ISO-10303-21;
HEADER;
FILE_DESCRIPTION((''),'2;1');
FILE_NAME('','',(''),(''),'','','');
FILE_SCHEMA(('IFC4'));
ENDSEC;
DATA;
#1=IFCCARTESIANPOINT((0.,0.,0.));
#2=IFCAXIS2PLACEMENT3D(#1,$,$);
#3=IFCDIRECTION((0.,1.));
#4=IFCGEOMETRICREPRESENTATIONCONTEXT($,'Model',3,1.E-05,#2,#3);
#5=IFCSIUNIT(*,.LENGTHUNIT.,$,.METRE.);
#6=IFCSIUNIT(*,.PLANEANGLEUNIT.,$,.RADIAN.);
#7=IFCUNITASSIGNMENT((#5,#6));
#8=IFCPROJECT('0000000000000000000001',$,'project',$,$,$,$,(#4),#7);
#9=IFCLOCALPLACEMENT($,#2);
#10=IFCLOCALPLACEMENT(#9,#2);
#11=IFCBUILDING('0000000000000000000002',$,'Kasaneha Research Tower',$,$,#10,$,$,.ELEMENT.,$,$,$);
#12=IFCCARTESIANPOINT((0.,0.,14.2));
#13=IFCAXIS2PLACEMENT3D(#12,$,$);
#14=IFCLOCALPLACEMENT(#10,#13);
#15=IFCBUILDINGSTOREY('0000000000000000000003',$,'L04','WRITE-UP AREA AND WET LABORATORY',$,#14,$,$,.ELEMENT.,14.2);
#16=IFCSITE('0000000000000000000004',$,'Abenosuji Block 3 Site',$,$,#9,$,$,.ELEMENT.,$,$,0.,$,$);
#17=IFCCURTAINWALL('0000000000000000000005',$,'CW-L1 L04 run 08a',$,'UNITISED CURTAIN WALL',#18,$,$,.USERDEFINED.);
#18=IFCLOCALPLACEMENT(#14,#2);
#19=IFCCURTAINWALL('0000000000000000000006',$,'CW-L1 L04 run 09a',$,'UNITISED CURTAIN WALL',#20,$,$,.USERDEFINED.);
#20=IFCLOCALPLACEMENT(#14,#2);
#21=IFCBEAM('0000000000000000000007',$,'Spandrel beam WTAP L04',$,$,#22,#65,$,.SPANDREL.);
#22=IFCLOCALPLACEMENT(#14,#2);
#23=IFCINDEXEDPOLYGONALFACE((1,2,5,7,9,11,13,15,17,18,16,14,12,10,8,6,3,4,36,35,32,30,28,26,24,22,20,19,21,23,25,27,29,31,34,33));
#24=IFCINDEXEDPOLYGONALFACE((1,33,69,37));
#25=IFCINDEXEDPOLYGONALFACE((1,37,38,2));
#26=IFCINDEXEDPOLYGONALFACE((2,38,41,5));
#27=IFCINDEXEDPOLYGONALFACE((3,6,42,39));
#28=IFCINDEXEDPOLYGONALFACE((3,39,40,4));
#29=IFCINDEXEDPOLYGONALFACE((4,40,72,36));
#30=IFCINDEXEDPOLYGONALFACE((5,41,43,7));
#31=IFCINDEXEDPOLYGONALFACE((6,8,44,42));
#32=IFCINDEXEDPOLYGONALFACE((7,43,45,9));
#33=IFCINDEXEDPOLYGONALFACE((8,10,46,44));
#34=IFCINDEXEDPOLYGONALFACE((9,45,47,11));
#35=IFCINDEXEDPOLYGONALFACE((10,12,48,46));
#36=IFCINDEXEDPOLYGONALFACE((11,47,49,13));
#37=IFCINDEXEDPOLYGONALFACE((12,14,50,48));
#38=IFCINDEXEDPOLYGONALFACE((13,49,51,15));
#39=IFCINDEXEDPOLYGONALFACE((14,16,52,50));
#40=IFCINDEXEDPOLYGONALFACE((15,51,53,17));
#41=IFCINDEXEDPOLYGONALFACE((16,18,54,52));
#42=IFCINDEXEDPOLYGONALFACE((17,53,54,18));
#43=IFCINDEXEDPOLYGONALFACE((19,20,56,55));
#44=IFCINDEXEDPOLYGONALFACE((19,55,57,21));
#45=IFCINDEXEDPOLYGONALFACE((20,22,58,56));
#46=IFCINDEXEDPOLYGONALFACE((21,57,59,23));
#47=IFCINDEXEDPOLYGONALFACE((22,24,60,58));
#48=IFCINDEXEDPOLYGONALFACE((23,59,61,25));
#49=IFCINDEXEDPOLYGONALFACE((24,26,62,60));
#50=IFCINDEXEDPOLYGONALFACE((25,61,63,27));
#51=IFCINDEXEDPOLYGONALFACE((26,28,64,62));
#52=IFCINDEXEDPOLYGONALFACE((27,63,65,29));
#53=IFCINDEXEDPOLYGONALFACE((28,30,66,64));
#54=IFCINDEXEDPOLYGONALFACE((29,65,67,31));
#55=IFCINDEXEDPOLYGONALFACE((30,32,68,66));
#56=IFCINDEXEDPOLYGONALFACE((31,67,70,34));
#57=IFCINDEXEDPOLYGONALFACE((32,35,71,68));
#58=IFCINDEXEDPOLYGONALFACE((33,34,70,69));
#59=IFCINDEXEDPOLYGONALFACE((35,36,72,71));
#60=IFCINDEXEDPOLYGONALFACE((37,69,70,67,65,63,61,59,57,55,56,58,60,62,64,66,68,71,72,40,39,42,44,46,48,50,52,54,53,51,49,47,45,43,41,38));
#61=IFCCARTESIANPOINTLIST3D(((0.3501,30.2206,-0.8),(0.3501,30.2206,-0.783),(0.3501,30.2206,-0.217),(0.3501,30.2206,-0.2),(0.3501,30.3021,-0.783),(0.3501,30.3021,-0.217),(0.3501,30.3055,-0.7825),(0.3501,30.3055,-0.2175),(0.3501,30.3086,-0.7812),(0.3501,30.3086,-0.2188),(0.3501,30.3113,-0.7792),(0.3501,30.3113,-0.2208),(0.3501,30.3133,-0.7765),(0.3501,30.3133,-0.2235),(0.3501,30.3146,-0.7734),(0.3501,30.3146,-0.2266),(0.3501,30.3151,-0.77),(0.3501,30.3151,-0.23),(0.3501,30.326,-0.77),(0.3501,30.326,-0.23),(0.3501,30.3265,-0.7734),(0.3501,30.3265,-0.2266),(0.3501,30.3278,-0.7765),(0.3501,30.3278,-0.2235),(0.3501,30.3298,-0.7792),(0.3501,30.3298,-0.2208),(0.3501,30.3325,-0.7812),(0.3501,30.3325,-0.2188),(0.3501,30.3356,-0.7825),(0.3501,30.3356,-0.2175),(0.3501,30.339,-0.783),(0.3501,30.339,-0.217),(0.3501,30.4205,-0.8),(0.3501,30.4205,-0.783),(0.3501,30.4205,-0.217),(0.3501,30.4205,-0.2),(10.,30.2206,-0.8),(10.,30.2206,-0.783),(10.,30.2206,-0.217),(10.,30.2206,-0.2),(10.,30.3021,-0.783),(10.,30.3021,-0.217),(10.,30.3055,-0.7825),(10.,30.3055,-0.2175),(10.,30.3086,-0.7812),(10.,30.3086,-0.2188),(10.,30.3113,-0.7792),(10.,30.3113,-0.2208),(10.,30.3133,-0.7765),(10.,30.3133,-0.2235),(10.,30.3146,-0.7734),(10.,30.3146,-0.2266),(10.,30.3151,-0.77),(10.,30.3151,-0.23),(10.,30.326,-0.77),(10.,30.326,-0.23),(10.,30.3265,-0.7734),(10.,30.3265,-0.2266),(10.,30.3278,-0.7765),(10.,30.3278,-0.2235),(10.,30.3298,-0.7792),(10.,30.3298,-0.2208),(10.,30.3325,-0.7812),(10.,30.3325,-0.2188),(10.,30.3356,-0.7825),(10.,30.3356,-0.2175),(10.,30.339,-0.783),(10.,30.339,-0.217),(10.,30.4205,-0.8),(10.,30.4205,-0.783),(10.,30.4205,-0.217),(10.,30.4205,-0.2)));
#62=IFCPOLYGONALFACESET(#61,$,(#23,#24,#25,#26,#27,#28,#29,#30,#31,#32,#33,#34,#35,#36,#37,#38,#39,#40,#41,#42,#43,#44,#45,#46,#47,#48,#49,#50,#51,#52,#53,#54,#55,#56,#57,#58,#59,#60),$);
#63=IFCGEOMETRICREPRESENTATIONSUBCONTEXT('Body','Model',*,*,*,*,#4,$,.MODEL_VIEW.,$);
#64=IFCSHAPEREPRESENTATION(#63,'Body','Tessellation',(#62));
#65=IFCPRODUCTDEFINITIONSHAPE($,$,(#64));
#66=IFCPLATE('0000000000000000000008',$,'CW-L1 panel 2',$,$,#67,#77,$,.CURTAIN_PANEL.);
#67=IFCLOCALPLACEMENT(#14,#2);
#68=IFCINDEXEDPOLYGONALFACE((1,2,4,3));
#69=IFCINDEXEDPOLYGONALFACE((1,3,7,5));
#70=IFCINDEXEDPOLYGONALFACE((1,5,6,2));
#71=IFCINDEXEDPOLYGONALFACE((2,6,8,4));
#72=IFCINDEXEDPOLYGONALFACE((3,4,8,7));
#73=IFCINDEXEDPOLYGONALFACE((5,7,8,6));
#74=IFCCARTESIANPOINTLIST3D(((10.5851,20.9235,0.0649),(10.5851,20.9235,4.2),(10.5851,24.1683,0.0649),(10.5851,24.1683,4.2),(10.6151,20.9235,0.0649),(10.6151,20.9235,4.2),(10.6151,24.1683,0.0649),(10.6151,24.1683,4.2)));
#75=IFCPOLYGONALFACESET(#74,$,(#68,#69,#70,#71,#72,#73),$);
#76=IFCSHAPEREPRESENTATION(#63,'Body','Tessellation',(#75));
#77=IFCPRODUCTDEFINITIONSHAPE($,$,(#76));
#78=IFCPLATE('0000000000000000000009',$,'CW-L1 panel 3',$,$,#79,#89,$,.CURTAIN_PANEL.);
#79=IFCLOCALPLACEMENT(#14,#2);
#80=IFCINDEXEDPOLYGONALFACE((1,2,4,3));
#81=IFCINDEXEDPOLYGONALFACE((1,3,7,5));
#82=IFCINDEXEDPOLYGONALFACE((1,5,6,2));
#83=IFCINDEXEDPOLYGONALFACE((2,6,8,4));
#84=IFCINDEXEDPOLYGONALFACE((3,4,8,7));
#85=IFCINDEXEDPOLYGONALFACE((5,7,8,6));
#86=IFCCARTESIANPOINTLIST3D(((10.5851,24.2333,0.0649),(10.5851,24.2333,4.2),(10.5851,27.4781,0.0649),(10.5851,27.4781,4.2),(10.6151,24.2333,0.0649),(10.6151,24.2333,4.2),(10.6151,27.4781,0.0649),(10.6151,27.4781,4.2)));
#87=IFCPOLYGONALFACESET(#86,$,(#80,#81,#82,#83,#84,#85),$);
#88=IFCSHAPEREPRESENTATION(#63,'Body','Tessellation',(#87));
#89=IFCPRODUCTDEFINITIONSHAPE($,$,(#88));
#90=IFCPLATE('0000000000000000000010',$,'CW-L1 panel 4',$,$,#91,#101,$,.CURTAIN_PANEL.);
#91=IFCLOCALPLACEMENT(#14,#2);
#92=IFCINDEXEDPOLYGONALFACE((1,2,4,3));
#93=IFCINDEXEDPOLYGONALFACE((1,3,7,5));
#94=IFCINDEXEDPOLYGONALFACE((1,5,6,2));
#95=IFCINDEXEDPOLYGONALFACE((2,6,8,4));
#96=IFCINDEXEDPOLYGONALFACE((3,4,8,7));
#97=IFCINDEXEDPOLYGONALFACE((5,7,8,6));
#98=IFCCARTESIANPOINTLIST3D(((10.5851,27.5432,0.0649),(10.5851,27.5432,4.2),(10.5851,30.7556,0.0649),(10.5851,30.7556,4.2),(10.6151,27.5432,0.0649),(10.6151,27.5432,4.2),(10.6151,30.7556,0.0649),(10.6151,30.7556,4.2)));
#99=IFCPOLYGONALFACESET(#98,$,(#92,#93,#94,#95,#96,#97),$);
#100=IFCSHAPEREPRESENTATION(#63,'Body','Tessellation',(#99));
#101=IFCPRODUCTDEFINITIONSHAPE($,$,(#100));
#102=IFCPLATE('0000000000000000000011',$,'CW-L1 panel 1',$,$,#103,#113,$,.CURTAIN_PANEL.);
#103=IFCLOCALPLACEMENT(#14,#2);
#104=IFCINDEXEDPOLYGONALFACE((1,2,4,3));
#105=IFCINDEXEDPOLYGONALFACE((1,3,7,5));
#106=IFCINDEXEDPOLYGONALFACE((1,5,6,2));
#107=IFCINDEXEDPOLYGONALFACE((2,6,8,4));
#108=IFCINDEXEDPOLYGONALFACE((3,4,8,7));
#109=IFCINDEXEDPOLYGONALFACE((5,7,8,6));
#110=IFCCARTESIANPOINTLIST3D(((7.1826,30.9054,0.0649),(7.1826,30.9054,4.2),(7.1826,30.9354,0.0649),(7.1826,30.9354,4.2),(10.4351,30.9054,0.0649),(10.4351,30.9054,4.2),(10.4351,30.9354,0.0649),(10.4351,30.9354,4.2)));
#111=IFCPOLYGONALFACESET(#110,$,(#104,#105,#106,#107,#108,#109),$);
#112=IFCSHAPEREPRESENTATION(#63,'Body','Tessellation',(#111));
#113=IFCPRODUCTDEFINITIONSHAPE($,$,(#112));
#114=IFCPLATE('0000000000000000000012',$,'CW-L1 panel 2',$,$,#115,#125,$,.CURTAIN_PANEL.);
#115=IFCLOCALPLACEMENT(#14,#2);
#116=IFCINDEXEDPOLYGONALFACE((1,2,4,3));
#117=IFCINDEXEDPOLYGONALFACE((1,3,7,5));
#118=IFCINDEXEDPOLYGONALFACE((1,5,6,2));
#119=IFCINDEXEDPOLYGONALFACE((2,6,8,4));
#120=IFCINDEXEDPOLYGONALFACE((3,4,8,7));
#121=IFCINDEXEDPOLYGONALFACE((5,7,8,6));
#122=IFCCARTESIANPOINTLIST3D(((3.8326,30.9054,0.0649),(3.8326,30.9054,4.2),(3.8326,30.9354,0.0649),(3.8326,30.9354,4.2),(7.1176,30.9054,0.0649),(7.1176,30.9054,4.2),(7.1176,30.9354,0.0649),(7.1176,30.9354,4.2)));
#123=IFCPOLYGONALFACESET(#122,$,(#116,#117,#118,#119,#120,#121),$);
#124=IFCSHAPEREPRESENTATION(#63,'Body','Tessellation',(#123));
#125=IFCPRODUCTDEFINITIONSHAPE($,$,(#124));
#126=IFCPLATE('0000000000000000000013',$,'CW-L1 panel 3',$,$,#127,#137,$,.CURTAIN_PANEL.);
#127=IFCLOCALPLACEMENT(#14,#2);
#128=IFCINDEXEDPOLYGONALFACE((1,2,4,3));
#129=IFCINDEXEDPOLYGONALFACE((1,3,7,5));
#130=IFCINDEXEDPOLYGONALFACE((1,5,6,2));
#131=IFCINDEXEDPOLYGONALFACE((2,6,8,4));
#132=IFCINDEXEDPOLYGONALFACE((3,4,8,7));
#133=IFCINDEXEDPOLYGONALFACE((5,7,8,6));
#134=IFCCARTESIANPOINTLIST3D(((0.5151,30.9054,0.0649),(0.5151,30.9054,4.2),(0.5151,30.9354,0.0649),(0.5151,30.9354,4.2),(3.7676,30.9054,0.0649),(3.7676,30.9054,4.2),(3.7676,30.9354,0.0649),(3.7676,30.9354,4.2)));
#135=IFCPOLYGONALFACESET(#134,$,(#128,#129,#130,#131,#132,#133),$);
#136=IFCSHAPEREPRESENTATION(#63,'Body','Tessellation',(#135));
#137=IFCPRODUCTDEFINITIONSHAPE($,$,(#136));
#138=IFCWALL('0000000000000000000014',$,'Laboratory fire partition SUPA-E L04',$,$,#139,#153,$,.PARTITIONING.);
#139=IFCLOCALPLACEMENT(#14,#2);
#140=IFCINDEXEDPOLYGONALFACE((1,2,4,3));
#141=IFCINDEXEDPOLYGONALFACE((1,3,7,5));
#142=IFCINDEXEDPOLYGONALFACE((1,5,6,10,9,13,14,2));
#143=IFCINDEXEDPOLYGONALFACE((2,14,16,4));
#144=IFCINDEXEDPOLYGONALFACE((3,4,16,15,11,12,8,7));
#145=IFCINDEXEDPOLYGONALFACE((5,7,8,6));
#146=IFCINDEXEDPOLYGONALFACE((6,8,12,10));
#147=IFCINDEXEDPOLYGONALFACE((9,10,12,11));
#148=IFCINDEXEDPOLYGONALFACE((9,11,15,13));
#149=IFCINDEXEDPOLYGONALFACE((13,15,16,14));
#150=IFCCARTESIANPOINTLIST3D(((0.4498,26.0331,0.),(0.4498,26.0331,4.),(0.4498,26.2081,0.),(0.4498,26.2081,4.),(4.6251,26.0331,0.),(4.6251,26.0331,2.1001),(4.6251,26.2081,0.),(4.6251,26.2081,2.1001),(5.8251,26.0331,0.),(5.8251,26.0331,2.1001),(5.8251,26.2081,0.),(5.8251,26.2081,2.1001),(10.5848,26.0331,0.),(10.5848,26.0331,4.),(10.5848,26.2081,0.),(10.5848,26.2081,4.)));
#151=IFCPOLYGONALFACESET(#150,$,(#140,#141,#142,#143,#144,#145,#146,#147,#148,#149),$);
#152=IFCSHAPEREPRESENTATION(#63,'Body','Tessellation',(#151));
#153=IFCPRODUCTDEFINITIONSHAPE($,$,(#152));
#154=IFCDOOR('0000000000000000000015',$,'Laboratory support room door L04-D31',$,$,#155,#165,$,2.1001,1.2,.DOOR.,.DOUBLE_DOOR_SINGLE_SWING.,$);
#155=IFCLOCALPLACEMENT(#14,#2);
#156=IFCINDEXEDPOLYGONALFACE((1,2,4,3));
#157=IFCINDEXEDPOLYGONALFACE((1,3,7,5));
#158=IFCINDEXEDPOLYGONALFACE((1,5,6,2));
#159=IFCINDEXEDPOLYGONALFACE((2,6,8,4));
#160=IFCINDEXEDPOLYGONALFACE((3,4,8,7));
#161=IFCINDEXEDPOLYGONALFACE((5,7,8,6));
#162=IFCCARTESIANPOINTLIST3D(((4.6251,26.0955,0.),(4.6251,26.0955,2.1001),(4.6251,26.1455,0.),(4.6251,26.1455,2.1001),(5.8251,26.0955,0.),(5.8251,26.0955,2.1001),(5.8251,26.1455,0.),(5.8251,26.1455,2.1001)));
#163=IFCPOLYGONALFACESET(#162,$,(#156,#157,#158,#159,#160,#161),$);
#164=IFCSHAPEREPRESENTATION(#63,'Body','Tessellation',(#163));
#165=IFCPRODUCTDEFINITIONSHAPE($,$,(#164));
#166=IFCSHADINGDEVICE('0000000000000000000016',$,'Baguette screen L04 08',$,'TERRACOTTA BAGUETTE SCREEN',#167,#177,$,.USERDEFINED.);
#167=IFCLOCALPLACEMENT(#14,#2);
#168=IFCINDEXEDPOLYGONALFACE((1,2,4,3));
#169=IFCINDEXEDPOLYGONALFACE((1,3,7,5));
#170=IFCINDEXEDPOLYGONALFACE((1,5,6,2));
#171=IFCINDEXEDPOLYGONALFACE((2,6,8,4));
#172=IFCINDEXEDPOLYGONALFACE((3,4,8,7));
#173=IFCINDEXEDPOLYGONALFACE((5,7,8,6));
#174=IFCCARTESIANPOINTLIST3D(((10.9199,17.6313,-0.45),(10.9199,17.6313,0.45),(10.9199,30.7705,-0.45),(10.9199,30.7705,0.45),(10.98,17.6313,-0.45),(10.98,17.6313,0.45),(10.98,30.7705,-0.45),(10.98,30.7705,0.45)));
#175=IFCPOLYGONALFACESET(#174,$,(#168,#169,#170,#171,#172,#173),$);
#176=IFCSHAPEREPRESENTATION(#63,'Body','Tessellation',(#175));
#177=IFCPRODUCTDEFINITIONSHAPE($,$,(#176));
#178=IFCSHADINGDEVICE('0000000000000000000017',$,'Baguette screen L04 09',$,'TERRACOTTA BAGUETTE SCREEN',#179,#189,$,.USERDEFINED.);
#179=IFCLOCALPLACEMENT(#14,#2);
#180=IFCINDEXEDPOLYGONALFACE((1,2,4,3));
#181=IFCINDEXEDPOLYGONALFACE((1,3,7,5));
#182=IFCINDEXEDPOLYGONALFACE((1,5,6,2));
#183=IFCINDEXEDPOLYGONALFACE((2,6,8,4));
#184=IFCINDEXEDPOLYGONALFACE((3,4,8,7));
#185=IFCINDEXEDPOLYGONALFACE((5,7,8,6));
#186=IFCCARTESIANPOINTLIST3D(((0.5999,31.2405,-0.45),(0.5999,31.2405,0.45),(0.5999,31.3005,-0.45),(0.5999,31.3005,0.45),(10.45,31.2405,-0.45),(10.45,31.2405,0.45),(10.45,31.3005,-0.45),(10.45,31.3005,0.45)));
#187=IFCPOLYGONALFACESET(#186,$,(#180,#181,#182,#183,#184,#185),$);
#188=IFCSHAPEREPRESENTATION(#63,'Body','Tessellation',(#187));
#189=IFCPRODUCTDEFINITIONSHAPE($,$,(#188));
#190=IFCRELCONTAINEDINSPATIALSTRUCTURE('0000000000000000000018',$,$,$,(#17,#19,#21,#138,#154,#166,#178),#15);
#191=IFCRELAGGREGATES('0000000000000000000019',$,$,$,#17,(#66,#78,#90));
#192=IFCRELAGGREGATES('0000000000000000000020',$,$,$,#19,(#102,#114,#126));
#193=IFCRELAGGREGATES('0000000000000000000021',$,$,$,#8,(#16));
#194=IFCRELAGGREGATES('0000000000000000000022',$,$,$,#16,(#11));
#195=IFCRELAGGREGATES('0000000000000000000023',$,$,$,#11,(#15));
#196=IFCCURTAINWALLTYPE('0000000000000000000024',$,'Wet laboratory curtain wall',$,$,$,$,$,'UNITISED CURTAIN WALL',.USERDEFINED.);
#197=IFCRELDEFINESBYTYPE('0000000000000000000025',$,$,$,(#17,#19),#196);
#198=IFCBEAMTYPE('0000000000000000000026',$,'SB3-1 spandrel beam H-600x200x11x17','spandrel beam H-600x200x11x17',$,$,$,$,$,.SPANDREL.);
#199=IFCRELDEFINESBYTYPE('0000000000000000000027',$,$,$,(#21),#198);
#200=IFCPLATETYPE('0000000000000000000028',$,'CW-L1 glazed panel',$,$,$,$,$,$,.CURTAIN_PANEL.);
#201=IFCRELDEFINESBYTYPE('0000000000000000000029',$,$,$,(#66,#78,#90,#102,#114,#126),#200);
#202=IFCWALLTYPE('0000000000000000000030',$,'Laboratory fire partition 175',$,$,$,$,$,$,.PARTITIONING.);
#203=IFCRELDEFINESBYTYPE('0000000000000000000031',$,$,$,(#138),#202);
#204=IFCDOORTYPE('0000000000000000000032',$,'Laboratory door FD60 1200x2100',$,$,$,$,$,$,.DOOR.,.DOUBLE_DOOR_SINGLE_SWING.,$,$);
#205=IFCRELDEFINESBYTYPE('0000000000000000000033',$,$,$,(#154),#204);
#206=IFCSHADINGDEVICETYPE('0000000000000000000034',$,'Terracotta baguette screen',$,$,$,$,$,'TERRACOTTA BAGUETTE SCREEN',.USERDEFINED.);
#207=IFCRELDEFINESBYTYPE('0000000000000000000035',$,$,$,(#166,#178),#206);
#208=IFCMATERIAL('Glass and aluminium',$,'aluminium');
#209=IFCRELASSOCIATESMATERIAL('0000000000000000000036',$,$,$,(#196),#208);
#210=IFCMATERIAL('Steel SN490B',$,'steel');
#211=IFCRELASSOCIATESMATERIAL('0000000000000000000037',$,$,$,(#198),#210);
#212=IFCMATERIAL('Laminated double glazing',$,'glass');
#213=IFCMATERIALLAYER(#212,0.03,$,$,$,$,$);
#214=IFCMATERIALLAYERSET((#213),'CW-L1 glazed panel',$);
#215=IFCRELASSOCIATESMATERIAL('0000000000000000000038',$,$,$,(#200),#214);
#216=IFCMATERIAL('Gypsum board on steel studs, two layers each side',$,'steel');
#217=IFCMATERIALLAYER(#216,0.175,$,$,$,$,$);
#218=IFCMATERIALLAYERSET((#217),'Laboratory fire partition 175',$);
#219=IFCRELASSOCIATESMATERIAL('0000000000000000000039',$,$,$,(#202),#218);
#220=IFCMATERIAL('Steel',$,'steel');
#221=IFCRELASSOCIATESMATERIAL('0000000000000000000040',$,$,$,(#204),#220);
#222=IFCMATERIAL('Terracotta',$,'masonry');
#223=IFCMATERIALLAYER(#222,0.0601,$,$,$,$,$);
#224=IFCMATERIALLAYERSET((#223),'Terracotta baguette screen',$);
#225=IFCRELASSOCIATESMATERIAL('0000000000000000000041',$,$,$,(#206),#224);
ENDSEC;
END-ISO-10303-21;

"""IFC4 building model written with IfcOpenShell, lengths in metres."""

from ifc_helpers import new_model, si_unit, direction, frame, frame_2d, origin, origin_2d, place, context, subcontext, project, spatial, rectangle, i_section, extrude, material, layer, layer_set, material_profile, profile_set, type_object, element, fill, aggregate, save


model = new_model("IFC4")

# Units and contexts
model_context = context("Model", 3, precision=1e-05, world=origin(), true_north=direction((0.0, 1.0)))
body_context = subcontext(model_context, "Body", "Model", "MODEL_VIEW")
ifc_project = project(units=[si_unit("LENGTHUNIT", "METRE"), si_unit("PLANEANGLEUNIT", "RADIAN")], contexts=[model_context])

# Site, building, storey
site_placement = place(None, origin())
site = spatial("IfcSite", under=ifc_project, at=site_placement, Name="Abenosuji Block 3 Site", CompositionType="ELEMENT", RefElevation=0.0)
building_placement = place(site_placement, origin())
building = spatial("IfcBuilding", under=site, at=building_placement, Name="Kasaneha Research Tower", CompositionType="ELEMENT")
storey_placement = place(building_placement, frame((0.0, 0.0, 14.2)))
storey = spatial("IfcBuildingStorey", under=building, at=storey_placement, Name="L04", Description="WRITE-UP AREA AND WET LABORATORY", CompositionType="ELEMENT", Elevation=14.2)

# Curtain walls
ifc_material_1 = material(Name="Glass and aluminium", Category="aluminium")
curtain_wall_type = type_object("IfcCurtainWallType", Name="Wet laboratory curtain wall", ElementType="UNITISED CURTAIN WALL", PredefinedType="USERDEFINED", material=ifc_material_1)
curtain_wall_1_placement = place(storey_placement, origin())
curtain_wall_1 = element("IfcCurtainWall", 1, at=curtain_wall_1_placement, inside=storey, type_object=curtain_wall_type, Name="CW-L1 L04 run 08a", ObjectType="UNITISED CURTAIN WALL", PredefinedType="USERDEFINED")
curtain_wall_2_placement = place(storey_placement, origin())
curtain_wall_2 = element("IfcCurtainWall", 2, at=curtain_wall_2_placement, inside=storey, type_object=curtain_wall_type, Name="CW-L1 L04 run 09a", ObjectType="UNITISED CURTAIN WALL", PredefinedType="USERDEFINED")

# Beam
ifc_material_2 = material(Name="Steel SN490B", Category="steel")
ifc_material_profile_1 = material_profile(ifc_material_2, i_section(OverallWidth=0.2, OverallDepth=0.6001, WebThickness=0.011, FlangeThickness=0.0171, FilletRadius=0.0129, at=origin_2d()), Name="H-600x200x11x17")
ifc_profile_set_1 = profile_set([ifc_material_profile_1], Name="Steel SN490B")
beam_type_1 = type_object("IfcBeamType", Name="SB3-1 spandrel beam H-600x200x11x17", Description="spandrel beam H-600x200x11x17", PredefinedType="SPANDREL", material=ifc_profile_set_1)
beam_1_placement = place(storey_placement, frame((10.0, 30.3206, -0.5), z_axis=(-1.0, 0.0, 0.0), x_axis=(0.0, -1.0, 0.0)))
element("IfcBeam", 3, at=beam_1_placement, inside=storey, type_object=beam_type_1, Name="Spandrel beam WTAP L04", PredefinedType="SPANDREL", context=body_context, shape_type="SweptSolid", body=[
    extrude(i_section(OverallWidth=0.2, OverallDepth=0.6001, WebThickness=0.011, FlangeThickness=0.0171, FilletRadius=0.0129, at=origin_2d()), origin(), (0.0, 0.0, 1.0), 9.6499),
])

# Plates
ifc_material_3 = material(Name="Laminated double glazing", Category="glass")
ifc_layer_1 = layer(ifc_material_3, 0.03)
ifc_layer_set_1 = layer_set([ifc_layer_1], Name="CW-L1 glazed panel")
plate_type = type_object("IfcPlateType", Name="CW-L1 glazed panel", PredefinedType="CURTAIN_PANEL", material=ifc_layer_set_1)
plate_1_placement = place(storey_placement, frame((10.6001, 22.5459, 0.0649), z_axis=(0.0, 0.0, 1.0), x_axis=(0.0, 1.0, 0.0)))
plate_1 = element("IfcPlate", 4, at=plate_1_placement, type_object=plate_type, Name="CW-L1 panel 2", PredefinedType="CURTAIN_PANEL", context=body_context, shape_type="SweptSolid", body=[
    extrude(rectangle(XDim=3.2449, YDim=0.03, at=origin_2d()), origin(), (0.0, 0.0, 1.0), 4.135),
])
plate_2_placement = place(storey_placement, frame((10.6001, 25.8557, 0.0649), z_axis=(0.0, 0.0, 1.0), x_axis=(0.0, 1.0, 0.0)))
plate_2 = element("IfcPlate", 5, at=plate_2_placement, type_object=plate_type, Name="CW-L1 panel 3", PredefinedType="CURTAIN_PANEL", context=body_context, shape_type="SweptSolid", body=[
    extrude(rectangle(XDim=3.2449, YDim=0.03, at=origin_2d()), origin(), (0.0, 0.0, 1.0), 4.135),
])
plate_3_placement = place(storey_placement, frame((10.6001, 29.1494, 0.0649), z_axis=(0.0, 0.0, 1.0), x_axis=(0.0, 1.0, 0.0)))
plate_3 = element("IfcPlate", 6, at=plate_3_placement, type_object=plate_type, Name="CW-L1 panel 4", PredefinedType="CURTAIN_PANEL", context=body_context, shape_type="SweptSolid", body=[
    extrude(rectangle(XDim=3.2124, YDim=0.03, at=origin_2d()), origin(), (0.0, 0.0, 1.0), 4.135),
])
aggregate(curtain_wall_1, [plate_1, plate_2, plate_3])
plate_4_placement = place(storey_placement, frame((8.8088, 30.9204, 0.0649), z_axis=(0.0, 0.0, 1.0), x_axis=(-1.0, 0.0, 0.0)))
plate_4 = element("IfcPlate", 7, at=plate_4_placement, type_object=plate_type, Name="CW-L1 panel 1", PredefinedType="CURTAIN_PANEL", context=body_context, shape_type="SweptSolid", body=[
    extrude(rectangle(XDim=3.2524, YDim=0.03, at=origin_2d()), origin(), (0.0, 0.0, 1.0), 4.135),
])
plate_5_placement = place(storey_placement, frame((5.4751, 30.9204, 0.0649), z_axis=(0.0, 0.0, 1.0), x_axis=(-1.0, 0.0, 0.0)))
plate_5 = element("IfcPlate", 8, at=plate_5_placement, type_object=plate_type, Name="CW-L1 panel 2", PredefinedType="CURTAIN_PANEL", context=body_context, shape_type="SweptSolid", body=[
    extrude(rectangle(XDim=3.2849, YDim=0.03, at=origin_2d()), origin(), (0.0, 0.0, 1.0), 4.135),
])
plate_6_placement = place(storey_placement, frame((2.1414, 30.9204, 0.0649), z_axis=(0.0, 0.0, 1.0), x_axis=(-1.0, 0.0, 0.0)))
plate_6 = element("IfcPlate", 9, at=plate_6_placement, type_object=plate_type, Name="CW-L1 panel 3", PredefinedType="CURTAIN_PANEL", context=body_context, shape_type="SweptSolid", body=[
    extrude(rectangle(XDim=3.2524, YDim=0.03, at=origin_2d()), origin(), (0.0, 0.0, 1.0), 4.135),
])
aggregate(curtain_wall_2, [plate_4, plate_5, plate_6])

# Wall, opening, door
ifc_material_4 = material(Name="Gypsum board on steel studs, two layers each side", Category="steel")
ifc_layer_2 = layer(ifc_material_4, 0.175)
ifc_layer_set_2 = layer_set([ifc_layer_2], Name="Laboratory fire partition 175")
wall_type = type_object("IfcWallType", Name="Laboratory fire partition 175", PredefinedType="PARTITIONING", material=ifc_layer_set_2)
wall_placement = place(storey_placement, frame((0.45, 26.1206, 0.0), z_axis=(0.0, 0.0, 1.0), x_axis=(1.0, 0.0, 0.0)))
wall = element("IfcWall", 10, at=wall_placement, inside=storey, type_object=wall_type, Name="Laboratory fire partition SUPA-E L04", PredefinedType="PARTITIONING", context=body_context, shape_type="SweptSolid", body=[
    extrude(rectangle(XDim=10.135, YDim=0.175, at=frame_2d((5.0674, 0.0))), origin(), (0.0, 0.0, 1.0), 4.0),
])
opening_placement = place(wall_placement, frame((4.175, 0.0, 0.0)))
opening = element("IfcOpeningElement", 11, at=opening_placement, cuts=wall, PredefinedType="OPENING", context=body_context, shape_type="SweptSolid", body=[
    extrude(rectangle(XDim=1.2, YDim=2.1001, at=frame_2d((0.6001, 1.05))), frame((0.0, 0.0977, 0.0), z_axis=(0.0, -1.0, 0.0), x_axis=(1.0, 0.0, 0.0)), (0.0, 0.0, 1.0), 0.1951),
])
ifc_material_5 = material(Name="Steel", Category="steel")
door_type = type_object("IfcDoorType", Name="Laboratory door FD60 1200x2100", OperationType="DOUBLE_DOOR_SINGLE_SWING", PredefinedType="DOOR", material=ifc_material_5)
door_placement = place(opening_placement, origin())
door = element("IfcDoor", 12, at=door_placement, inside=storey, type_object=door_type, Name="Laboratory support room door L04-D31", OperationType="DOUBLE_DOOR_SINGLE_SWING", OverallHeight=2.1001, OverallWidth=1.2, PredefinedType="DOOR", context=body_context, shape_type="SweptSolid", body=[
    extrude(rectangle(XDim=1.2, YDim=2.1001, at=frame_2d((0.6001, 1.05))), frame((0.0, 0.0249, 0.0), z_axis=(0.0, -1.0, 0.0), x_axis=(1.0, 0.0, 0.0)), (0.0, 0.0, 1.0), 0.05),
])
fill(opening, door)

# Shading devices
ifc_material_6 = material(Name="Terracotta", Category="masonry")
ifc_layer_3 = layer(ifc_material_6, 0.0601)
ifc_layer_set_3 = layer_set([ifc_layer_3], Name="Terracotta baguette screen")
shading_device_type = type_object("IfcShadingDeviceType", Name="Terracotta baguette screen", ElementType="TERRACOTTA BAGUETTE SCREEN", PredefinedType="USERDEFINED", material=ifc_layer_set_3)
shading_device_1_placement = place(storey_placement, frame((10.95, 24.2009, -0.45), z_axis=(0.0, 0.0, 1.0), x_axis=(0.0, 1.0, 0.0)))
element("IfcShadingDevice", 13, at=shading_device_1_placement, inside=storey, type_object=shading_device_type, Name="Baguette screen L04 08", ObjectType="TERRACOTTA BAGUETTE SCREEN", PredefinedType="USERDEFINED", context=body_context, shape_type="SweptSolid", body=[
    extrude(rectangle(XDim=13.1392, YDim=0.0601, at=origin_2d()), origin(), (0.0, 0.0, 1.0), 0.8999),
])
shading_device_2_placement = place(storey_placement, frame((5.5249, 31.2705, -0.45), z_axis=(0.0, 0.0, 1.0), x_axis=(-1.0, 0.0, 0.0)))
element("IfcShadingDevice", 14, at=shading_device_2_placement, inside=storey, type_object=shading_device_type, Name="Baguette screen L04 09", ObjectType="TERRACOTTA BAGUETTE SCREEN", PredefinedType="USERDEFINED", context=body_context, shape_type="SweptSolid", body=[
    extrude(rectangle(XDim=9.8501, YDim=0.0601, at=origin_2d()), origin(), (0.0, 0.0, 1.0), 0.8999),
])

save(model, "model.ifc")
